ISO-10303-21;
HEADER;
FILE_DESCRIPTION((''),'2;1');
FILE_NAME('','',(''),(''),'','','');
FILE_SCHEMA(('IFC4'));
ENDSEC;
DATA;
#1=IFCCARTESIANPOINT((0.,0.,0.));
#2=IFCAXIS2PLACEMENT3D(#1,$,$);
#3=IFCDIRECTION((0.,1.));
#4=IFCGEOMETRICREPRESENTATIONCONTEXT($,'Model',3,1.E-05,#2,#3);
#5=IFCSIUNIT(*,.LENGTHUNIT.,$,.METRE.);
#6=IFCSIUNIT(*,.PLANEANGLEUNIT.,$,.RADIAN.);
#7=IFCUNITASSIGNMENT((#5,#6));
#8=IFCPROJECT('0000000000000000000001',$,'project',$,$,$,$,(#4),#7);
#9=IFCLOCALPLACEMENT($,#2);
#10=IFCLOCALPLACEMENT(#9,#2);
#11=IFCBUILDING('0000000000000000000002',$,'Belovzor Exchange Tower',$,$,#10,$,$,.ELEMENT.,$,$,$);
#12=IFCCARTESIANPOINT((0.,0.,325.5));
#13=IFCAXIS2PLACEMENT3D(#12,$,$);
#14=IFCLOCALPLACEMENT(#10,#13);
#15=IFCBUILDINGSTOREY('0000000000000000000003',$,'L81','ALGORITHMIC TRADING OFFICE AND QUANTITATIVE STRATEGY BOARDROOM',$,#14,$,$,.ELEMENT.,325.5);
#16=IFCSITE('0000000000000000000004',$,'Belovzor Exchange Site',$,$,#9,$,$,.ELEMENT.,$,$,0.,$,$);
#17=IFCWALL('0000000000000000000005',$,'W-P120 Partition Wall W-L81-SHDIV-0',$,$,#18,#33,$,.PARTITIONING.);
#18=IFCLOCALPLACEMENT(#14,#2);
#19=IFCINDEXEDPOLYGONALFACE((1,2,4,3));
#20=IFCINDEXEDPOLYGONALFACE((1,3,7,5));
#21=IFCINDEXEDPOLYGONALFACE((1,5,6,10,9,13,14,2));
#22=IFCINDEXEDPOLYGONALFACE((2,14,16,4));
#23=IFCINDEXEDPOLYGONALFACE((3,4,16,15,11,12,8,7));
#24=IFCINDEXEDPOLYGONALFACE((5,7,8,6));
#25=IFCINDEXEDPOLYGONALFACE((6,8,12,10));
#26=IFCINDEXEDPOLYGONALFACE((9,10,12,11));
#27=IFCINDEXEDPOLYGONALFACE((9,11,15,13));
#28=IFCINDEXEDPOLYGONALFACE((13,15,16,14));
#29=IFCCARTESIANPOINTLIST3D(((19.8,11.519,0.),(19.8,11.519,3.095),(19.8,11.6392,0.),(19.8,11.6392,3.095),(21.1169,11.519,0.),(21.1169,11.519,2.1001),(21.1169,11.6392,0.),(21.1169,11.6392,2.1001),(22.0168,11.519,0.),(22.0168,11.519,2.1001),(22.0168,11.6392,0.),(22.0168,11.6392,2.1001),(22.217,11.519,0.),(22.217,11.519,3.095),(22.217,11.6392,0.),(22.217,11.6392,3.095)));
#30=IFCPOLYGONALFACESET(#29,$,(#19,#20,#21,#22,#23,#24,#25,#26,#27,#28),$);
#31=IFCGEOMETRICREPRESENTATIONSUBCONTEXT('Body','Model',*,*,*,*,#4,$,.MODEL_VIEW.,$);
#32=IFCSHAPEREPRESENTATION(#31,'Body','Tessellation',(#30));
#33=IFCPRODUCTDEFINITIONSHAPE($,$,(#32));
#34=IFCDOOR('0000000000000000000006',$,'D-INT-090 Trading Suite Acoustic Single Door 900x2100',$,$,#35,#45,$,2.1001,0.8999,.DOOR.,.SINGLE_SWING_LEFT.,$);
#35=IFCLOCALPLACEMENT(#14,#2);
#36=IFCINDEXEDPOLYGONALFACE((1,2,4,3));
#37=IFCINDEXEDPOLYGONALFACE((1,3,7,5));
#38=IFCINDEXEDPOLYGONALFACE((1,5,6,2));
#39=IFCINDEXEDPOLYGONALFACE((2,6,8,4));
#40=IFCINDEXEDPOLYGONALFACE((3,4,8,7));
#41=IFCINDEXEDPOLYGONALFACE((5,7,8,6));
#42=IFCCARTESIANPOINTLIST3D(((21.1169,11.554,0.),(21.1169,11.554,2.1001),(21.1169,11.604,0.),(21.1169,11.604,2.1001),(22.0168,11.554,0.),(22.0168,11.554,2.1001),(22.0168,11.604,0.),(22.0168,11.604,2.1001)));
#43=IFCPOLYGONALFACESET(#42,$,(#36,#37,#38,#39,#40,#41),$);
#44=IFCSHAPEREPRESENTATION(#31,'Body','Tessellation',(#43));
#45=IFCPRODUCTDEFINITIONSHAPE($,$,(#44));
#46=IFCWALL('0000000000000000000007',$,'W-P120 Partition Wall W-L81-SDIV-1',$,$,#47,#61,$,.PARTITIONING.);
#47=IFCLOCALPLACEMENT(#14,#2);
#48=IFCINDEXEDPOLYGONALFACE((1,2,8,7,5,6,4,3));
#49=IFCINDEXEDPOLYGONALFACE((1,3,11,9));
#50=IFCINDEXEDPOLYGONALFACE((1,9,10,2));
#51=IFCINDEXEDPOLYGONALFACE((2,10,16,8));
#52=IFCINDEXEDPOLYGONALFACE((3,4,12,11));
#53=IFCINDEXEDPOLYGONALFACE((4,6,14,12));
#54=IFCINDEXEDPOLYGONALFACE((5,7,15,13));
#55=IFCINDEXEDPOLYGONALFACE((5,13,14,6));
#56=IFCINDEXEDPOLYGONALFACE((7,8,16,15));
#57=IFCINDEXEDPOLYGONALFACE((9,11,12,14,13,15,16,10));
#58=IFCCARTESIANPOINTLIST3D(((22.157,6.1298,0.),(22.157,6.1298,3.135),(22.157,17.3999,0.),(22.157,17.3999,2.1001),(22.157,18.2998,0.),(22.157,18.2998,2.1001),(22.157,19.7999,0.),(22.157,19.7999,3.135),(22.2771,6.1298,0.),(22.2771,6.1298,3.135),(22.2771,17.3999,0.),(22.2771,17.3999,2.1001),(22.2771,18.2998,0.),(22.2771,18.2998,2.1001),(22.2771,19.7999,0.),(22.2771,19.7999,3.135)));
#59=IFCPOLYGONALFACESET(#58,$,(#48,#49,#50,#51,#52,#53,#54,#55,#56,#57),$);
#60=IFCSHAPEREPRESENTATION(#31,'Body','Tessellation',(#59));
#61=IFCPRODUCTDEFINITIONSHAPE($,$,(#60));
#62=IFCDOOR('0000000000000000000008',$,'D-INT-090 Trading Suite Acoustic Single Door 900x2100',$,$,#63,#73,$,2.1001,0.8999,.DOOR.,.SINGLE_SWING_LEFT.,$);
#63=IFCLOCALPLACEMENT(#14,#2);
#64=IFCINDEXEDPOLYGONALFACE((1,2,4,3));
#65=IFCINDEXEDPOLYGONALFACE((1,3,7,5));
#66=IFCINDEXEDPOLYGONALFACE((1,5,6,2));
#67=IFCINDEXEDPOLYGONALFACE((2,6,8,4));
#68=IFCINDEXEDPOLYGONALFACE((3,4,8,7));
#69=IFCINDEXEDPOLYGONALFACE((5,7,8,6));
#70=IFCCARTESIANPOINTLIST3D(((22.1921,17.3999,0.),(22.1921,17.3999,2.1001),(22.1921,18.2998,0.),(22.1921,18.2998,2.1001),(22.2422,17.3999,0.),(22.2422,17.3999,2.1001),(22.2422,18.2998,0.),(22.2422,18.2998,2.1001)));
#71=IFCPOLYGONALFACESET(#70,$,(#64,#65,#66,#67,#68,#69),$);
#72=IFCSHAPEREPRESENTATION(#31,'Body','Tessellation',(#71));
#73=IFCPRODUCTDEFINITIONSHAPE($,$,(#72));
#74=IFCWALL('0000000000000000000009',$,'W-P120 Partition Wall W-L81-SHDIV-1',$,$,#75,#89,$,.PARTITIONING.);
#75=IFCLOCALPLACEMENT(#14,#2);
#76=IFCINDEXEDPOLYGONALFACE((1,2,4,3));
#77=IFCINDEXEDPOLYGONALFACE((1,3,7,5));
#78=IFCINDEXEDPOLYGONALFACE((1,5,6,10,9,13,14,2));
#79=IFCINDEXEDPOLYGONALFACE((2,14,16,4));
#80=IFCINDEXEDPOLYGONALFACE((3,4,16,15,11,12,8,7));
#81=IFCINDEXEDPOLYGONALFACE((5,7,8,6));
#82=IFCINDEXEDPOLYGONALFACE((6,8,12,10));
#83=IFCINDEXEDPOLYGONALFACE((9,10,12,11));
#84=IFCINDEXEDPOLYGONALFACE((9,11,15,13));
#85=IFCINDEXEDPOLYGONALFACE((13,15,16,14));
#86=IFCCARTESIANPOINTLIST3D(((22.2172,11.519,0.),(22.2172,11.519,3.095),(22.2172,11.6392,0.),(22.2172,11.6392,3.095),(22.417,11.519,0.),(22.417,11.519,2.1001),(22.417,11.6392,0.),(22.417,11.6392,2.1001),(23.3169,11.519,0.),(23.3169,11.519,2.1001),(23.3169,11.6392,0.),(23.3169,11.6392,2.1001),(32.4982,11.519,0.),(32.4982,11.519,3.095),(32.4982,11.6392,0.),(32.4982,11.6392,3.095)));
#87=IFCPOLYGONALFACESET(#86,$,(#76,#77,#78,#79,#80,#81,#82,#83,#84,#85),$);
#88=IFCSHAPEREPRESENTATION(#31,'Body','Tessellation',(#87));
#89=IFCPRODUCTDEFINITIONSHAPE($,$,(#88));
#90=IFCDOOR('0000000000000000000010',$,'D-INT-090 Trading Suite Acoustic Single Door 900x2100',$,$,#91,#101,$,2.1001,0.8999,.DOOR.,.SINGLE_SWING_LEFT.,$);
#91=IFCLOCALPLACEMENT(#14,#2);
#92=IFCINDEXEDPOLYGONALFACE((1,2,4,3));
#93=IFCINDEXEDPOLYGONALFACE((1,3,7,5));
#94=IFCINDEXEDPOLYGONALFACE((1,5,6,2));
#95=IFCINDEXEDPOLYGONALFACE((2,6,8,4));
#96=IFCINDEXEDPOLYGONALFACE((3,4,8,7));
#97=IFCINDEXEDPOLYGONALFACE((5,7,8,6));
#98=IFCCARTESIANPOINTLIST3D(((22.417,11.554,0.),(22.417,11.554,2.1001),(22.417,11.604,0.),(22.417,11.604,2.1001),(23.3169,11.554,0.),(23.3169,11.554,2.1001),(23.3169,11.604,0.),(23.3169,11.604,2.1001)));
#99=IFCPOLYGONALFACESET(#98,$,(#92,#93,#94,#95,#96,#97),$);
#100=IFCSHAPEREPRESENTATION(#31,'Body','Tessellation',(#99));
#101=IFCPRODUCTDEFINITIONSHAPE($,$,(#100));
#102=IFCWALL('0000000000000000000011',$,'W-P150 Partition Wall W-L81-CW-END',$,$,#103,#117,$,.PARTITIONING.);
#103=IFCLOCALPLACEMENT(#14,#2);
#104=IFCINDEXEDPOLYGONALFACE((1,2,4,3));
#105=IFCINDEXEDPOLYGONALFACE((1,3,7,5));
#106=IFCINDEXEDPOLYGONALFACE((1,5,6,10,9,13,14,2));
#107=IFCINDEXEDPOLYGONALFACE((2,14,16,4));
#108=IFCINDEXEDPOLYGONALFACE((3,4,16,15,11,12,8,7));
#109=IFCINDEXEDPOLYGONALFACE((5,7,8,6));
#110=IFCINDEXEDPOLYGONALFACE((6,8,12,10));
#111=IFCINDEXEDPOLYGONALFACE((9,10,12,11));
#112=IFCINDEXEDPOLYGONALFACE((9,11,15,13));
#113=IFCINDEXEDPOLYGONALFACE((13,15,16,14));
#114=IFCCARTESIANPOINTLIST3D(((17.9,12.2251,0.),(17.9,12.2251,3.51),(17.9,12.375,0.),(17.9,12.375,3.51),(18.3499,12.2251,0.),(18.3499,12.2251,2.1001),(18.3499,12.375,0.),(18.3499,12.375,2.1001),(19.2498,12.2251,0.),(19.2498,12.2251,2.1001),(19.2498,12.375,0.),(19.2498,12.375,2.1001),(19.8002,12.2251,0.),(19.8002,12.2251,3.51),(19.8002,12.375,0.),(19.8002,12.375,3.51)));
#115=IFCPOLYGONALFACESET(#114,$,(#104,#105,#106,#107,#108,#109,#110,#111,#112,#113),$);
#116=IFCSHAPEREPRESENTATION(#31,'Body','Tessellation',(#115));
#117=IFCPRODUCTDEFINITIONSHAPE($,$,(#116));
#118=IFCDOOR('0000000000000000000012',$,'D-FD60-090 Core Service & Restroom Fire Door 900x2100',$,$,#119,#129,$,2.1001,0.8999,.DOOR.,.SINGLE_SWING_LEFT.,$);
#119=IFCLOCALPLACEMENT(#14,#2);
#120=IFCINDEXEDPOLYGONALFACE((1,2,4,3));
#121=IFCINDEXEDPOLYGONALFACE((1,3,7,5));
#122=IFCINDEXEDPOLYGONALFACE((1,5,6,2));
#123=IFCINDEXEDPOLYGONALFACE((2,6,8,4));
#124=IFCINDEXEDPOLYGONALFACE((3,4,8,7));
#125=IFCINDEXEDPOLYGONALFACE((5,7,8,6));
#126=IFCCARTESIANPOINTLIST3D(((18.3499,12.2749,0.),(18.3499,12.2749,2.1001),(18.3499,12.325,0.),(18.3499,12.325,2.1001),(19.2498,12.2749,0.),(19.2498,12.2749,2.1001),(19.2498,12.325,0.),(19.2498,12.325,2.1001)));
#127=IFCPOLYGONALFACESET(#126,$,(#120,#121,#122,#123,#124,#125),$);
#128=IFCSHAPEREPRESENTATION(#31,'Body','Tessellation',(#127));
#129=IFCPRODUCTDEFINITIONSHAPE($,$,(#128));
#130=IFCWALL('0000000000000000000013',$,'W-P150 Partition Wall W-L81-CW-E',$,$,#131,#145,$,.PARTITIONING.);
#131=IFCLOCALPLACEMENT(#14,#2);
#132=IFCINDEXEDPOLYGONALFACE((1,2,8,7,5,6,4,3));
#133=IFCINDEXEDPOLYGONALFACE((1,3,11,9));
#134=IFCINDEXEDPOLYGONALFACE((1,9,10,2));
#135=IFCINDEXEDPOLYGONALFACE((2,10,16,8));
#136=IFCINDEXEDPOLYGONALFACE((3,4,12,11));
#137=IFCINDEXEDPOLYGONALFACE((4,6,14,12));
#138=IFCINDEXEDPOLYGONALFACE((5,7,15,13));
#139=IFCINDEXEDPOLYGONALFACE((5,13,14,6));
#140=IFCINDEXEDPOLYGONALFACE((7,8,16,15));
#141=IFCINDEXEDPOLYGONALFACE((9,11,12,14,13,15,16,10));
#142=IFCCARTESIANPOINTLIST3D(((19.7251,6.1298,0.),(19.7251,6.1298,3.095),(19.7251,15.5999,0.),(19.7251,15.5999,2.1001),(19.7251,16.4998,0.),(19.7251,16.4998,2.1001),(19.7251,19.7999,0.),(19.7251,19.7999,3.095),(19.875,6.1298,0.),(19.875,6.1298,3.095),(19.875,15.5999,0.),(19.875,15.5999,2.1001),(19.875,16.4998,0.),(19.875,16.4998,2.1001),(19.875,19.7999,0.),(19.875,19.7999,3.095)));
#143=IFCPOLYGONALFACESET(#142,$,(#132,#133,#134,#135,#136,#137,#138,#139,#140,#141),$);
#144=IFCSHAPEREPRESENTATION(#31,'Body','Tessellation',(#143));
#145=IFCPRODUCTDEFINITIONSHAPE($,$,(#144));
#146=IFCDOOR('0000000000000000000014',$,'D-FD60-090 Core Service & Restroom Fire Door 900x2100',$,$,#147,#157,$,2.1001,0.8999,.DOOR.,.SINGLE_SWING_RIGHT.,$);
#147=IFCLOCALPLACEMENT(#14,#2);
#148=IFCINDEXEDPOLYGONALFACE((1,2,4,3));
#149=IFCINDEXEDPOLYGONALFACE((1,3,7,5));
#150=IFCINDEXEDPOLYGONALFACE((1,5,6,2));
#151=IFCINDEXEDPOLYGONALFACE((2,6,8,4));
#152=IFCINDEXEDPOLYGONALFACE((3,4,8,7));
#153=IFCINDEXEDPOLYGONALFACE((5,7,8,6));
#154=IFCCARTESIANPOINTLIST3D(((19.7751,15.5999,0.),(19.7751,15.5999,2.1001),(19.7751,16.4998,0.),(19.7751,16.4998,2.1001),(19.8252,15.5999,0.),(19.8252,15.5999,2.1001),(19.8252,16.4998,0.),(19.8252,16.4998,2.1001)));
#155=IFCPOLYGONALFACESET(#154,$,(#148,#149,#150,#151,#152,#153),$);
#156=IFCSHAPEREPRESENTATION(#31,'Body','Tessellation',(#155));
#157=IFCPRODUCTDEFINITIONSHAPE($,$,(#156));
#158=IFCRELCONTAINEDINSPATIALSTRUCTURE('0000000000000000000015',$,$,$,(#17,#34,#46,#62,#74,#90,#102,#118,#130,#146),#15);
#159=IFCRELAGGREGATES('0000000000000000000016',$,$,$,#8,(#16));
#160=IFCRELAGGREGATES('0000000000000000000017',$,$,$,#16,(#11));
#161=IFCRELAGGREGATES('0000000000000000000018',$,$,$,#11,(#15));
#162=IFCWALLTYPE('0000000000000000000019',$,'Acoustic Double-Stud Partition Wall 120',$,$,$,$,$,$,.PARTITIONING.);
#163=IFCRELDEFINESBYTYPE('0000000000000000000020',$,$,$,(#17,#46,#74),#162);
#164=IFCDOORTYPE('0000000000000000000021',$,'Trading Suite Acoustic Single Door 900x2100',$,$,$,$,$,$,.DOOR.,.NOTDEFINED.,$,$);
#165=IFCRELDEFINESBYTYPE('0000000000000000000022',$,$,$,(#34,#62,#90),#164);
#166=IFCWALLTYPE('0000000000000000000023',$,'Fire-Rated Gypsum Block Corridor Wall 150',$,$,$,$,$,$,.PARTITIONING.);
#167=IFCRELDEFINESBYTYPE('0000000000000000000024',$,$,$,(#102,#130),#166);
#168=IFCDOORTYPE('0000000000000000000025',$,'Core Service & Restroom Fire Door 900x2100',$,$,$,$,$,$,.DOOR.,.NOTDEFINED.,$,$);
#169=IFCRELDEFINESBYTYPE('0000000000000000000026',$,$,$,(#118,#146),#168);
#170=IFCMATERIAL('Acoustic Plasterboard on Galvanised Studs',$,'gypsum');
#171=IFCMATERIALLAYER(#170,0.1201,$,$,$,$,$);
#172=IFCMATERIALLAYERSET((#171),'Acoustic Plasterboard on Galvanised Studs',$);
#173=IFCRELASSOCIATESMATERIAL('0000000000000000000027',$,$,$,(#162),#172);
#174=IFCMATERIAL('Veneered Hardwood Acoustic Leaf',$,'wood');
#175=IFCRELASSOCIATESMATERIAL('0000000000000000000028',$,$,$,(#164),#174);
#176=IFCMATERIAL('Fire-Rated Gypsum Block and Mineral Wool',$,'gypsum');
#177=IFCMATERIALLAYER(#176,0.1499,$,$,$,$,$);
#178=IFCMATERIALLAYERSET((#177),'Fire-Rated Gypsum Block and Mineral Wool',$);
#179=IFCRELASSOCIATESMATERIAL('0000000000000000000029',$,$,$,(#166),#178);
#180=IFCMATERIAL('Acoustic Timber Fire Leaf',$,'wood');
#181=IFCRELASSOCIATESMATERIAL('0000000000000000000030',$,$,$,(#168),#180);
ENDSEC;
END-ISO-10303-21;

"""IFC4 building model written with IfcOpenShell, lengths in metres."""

from ifc_helpers import new_model, si_unit, direction, frame, frame_2d, origin, place, context, subcontext, project, spatial, rectangle, extrude, material, layer, layer_set, type_object, element, fill, save


model = new_model("IFC4")

# Units and contexts
model_context = context("Model", 3, precision=1e-05, world=origin(), true_north=direction((0.0, 1.0)))
body_context = subcontext(model_context, "Body", "Model", "MODEL_VIEW")
ifc_project = project(units=[si_unit("LENGTHUNIT", "METRE"), si_unit("PLANEANGLEUNIT", "RADIAN")], contexts=[model_context])

# Site, building, storey
site_placement = place(None, origin())
site = spatial("IfcSite", under=ifc_project, at=site_placement, Name="Belovzor Exchange Site", CompositionType="ELEMENT", RefElevation=0.0)
building_placement = place(site_placement, origin())
building = spatial("IfcBuilding", under=site, at=building_placement, Name="Belovzor Exchange Tower", CompositionType="ELEMENT")
storey_placement = place(building_placement, frame((0.0, 0.0, 325.5)))
storey = spatial("IfcBuildingStorey", under=building, at=storey_placement, Name="L81", Description="ALGORITHMIC TRADING OFFICE AND QUANTITATIVE STRATEGY BOARDROOM", CompositionType="ELEMENT", Elevation=325.5)

# Walls, openings, doors
ifc_material_1 = material(Name="Acoustic Plasterboard on Galvanised Studs", Category="gypsum")
ifc_layer_1 = layer(ifc_material_1, 0.1201)
ifc_layer_set_1 = layer_set([ifc_layer_1], Name="Acoustic Plasterboard on Galvanised Studs")
wall_type_1 = type_object("IfcWallType", Name="Acoustic Double-Stud Partition Wall 120", PredefinedType="PARTITIONING", material=ifc_layer_set_1)
wall_1_placement = place(storey_placement, frame((19.8, 11.5791, 0.0), z_axis=(0.0, 0.0, 1.0), x_axis=(1.0, 0.0, 0.0)))
wall_1 = element("IfcWall", 1, at=wall_1_placement, inside=storey, type_object=wall_type_1, Name="W-P120 Partition Wall W-L81-SHDIV-0", PredefinedType="PARTITIONING", context=body_context, shape_type="SweptSolid", body=[
    extrude(rectangle(XDim=2.417, YDim=0.1201, at=frame_2d((1.2085, 0.0))), origin(), (0.0, 0.0, 1.0), 3.095),
])
opening_1_placement = place(wall_1_placement, frame((1.3169, 0.0, 0.0)))
opening_1 = element("IfcOpeningElement", 2, at=opening_1_placement, cuts=wall_1, PredefinedType="OPENING", context=body_context, shape_type="SweptSolid", body=[
    extrude(rectangle(XDim=0.8999, YDim=2.1001, at=frame_2d((0.45, 1.05))), frame((0.0, 0.0701, 0.0), z_axis=(0.0, -1.0, 0.0), x_axis=(1.0, 0.0, 0.0)), (0.0, 0.0, 1.0), 0.1401),
])
ifc_material_2 = material(Name="Veneered Hardwood Acoustic Leaf", Category="wood")
door_type_1 = type_object("IfcDoorType", Name="Trading Suite Acoustic Single Door 900x2100", OperationType="NOTDEFINED", PredefinedType="DOOR", material=ifc_material_2)
door_1_placement = place(opening_1_placement, origin())
door_1 = element("IfcDoor", 3, at=door_1_placement, inside=storey, type_object=door_type_1, Name="D-INT-090 Trading Suite Acoustic Single Door 900x2100", OperationType="SINGLE_SWING_LEFT", OverallHeight=2.1001, OverallWidth=0.8999, PredefinedType="DOOR", context=body_context, shape_type="SweptSolid", body=[
    extrude(rectangle(XDim=0.8999, YDim=2.1001, at=frame_2d((0.45, 1.05))), frame((0.0, 0.0249, 0.0), z_axis=(0.0, -1.0, 0.0), x_axis=(1.0, 0.0, 0.0)), (0.0, 0.0, 1.0), 0.05),
])
fill(opening_1, door_1)
wall_2_placement = place(storey_placement, frame((22.217, 6.1299, 0.0), z_axis=(0.0, 0.0, 1.0), x_axis=(0.0, 1.0, 0.0)))
wall_2 = element("IfcWall", 4, at=wall_2_placement, inside=storey, type_object=wall_type_1, Name="W-P120 Partition Wall W-L81-SDIV-1", PredefinedType="PARTITIONING", context=body_context, shape_type="SweptSolid", body=[
    extrude(rectangle(XDim=13.6702, YDim=0.1201, at=frame_2d((6.835, 0.0))), origin(), (0.0, 0.0, 1.0), 3.135),
])
opening_2_placement = place(wall_2_placement, frame((11.27, 0.0, 0.0)))
opening_2 = element("IfcOpeningElement", 5, at=opening_2_placement, cuts=wall_2, PredefinedType="OPENING", context=body_context, shape_type="SweptSolid", body=[
    extrude(rectangle(XDim=0.8999, YDim=2.1001, at=frame_2d((0.45, 1.05))), frame((0.0, 0.0701, 0.0), z_axis=(0.0, -1.0, 0.0), x_axis=(1.0, 0.0, 0.0)), (0.0, 0.0, 1.0), 0.1401),
])
door_2_placement = place(opening_2_placement, origin())
door_2 = element("IfcDoor", 6, at=door_2_placement, inside=storey, type_object=door_type_1, Name="D-INT-090 Trading Suite Acoustic Single Door 900x2100", OperationType="SINGLE_SWING_LEFT", OverallHeight=2.1001, OverallWidth=0.8999, PredefinedType="DOOR", context=body_context, shape_type="SweptSolid", body=[
    extrude(rectangle(XDim=0.8999, YDim=2.1001, at=frame_2d((0.45, 1.05))), frame((0.0, 0.0249, 0.0), z_axis=(0.0, -1.0, 0.0), x_axis=(1.0, 0.0, 0.0)), (0.0, 0.0, 1.0), 0.05),
])
fill(opening_2, door_2)
wall_3_placement = place(storey_placement, frame((22.217, 11.5791, 0.0), z_axis=(0.0, 0.0, 1.0), x_axis=(1.0, 0.0, 0.0)))
wall_3 = element("IfcWall", 7, at=wall_3_placement, inside=storey, type_object=wall_type_1, Name="W-P120 Partition Wall W-L81-SHDIV-1", PredefinedType="PARTITIONING", context=body_context, shape_type="SweptSolid", body=[
    extrude(rectangle(XDim=10.281, YDim=0.1201, at=frame_2d((5.1406, 0.0))), origin(), (0.0, 0.0, 1.0), 3.095),
])
opening_3_placement = place(wall_3_placement, frame((0.2, 0.0, 0.0)))
opening_3 = element("IfcOpeningElement", 8, at=opening_3_placement, cuts=wall_3, PredefinedType="OPENING", context=body_context, shape_type="SweptSolid", body=[
    extrude(rectangle(XDim=0.8999, YDim=2.1001, at=frame_2d((0.45, 1.05))), frame((0.0, 0.0701, 0.0), z_axis=(0.0, -1.0, 0.0), x_axis=(1.0, 0.0, 0.0)), (0.0, 0.0, 1.0), 0.1401),
])
door_3_placement = place(opening_3_placement, origin())
door_3 = element("IfcDoor", 9, at=door_3_placement, inside=storey, type_object=door_type_1, Name="D-INT-090 Trading Suite Acoustic Single Door 900x2100", OperationType="SINGLE_SWING_LEFT", OverallHeight=2.1001, OverallWidth=0.8999, PredefinedType="DOOR", context=body_context, shape_type="SweptSolid", body=[
    extrude(rectangle(XDim=0.8999, YDim=2.1001, at=frame_2d((0.45, 1.05))), frame((0.0, 0.0249, 0.0), z_axis=(0.0, -1.0, 0.0), x_axis=(1.0, 0.0, 0.0)), (0.0, 0.0, 1.0), 0.05),
])
fill(opening_3, door_3)
ifc_material_3 = material(Name="Fire-Rated Gypsum Block and Mineral Wool", Category="gypsum")
ifc_layer_2 = layer(ifc_material_3, 0.1499)
ifc_layer_set_2 = layer_set([ifc_layer_2], Name="Fire-Rated Gypsum Block and Mineral Wool")
wall_type_2 = type_object("IfcWallType", Name="Fire-Rated Gypsum Block Corridor Wall 150", PredefinedType="PARTITIONING", material=ifc_layer_set_2)
wall_4_placement = place(storey_placement, frame((17.8999, 12.3, 0.0), z_axis=(0.0, 0.0, 1.0), x_axis=(1.0, 0.0, 0.0)))
wall_4 = element("IfcWall", 10, at=wall_4_placement, inside=storey, type_object=wall_type_2, Name="W-P150 Partition Wall W-L81-CW-END", PredefinedType="PARTITIONING", context=body_context, shape_type="SweptSolid", body=[
    extrude(rectangle(XDim=1.9001, YDim=0.1499, at=frame_2d((0.9502, 0.0))), origin(), (0.0, 0.0, 1.0), 3.51),
])
opening_4_placement = place(wall_4_placement, frame((0.45, 0.0, 0.0)))
opening_4 = element("IfcOpeningElement", 11, at=opening_4_placement, cuts=wall_4, PredefinedType="OPENING", context=body_context, shape_type="SweptSolid", body=[
    extrude(rectangle(XDim=0.8999, YDim=2.1001, at=frame_2d((0.45, 1.05))), frame((0.0, 0.085, 0.0), z_axis=(0.0, -1.0, 0.0), x_axis=(1.0, 0.0, 0.0)), (0.0, 0.0, 1.0), 0.1699),
])
ifc_material_4 = material(Name="Acoustic Timber Fire Leaf", Category="wood")
door_type_2 = type_object("IfcDoorType", Name="Core Service & Restroom Fire Door 900x2100", OperationType="NOTDEFINED", PredefinedType="DOOR", material=ifc_material_4)
door_4_placement = place(opening_4_placement, origin())
door_4 = element("IfcDoor", 12, at=door_4_placement, inside=storey, type_object=door_type_2, Name="D-FD60-090 Core Service & Restroom Fire Door 900x2100", OperationType="SINGLE_SWING_LEFT", OverallHeight=2.1001, OverallWidth=0.8999, PredefinedType="DOOR", context=body_context, shape_type="SweptSolid", body=[
    extrude(rectangle(XDim=0.8999, YDim=2.1001, at=frame_2d((0.45, 1.05))), frame((0.0, 0.0249, 0.0), z_axis=(0.0, -1.0, 0.0), x_axis=(1.0, 0.0, 0.0)), (0.0, 0.0, 1.0), 0.05),
])
fill(opening_4, door_4)
wall_5_placement = place(storey_placement, frame((19.8, 6.1299, 0.0), z_axis=(0.0, 0.0, 1.0), x_axis=(0.0, 1.0, 0.0)))
wall_5 = element("IfcWall", 13, at=wall_5_placement, inside=storey, type_object=wall_type_2, Name="W-P150 Partition Wall W-L81-CW-E", PredefinedType="PARTITIONING", context=body_context, shape_type="SweptSolid", body=[
    extrude(rectangle(XDim=13.6702, YDim=0.1499, at=frame_2d((6.835, 0.0))), origin(), (0.0, 0.0, 1.0), 3.095),
])
opening_5_placement = place(wall_5_placement, frame((9.47, 0.0, 0.0)))
opening_5 = element("IfcOpeningElement", 14, at=opening_5_placement, cuts=wall_5, PredefinedType="OPENING", context=body_context, shape_type="SweptSolid", body=[
    extrude(rectangle(XDim=0.8999, YDim=2.1001, at=frame_2d((0.45, 1.05))), frame((0.0, 0.085, 0.0), z_axis=(0.0, -1.0, 0.0), x_axis=(1.0, 0.0, 0.0)), (0.0, 0.0, 1.0), 0.1699),
])
door_5_placement = place(opening_5_placement, origin())
door_5 = element("IfcDoor", 15, at=door_5_placement, inside=storey, type_object=door_type_2, Name="D-FD60-090 Core Service & Restroom Fire Door 900x2100", OperationType="SINGLE_SWING_RIGHT", OverallHeight=2.1001, OverallWidth=0.8999, PredefinedType="DOOR", context=body_context, shape_type="SweptSolid", body=[
    extrude(rectangle(XDim=0.8999, YDim=2.1001, at=frame_2d((0.45, 1.05))), frame((0.0, 0.0249, 0.0), z_axis=(0.0, -1.0, 0.0), x_axis=(1.0, 0.0, 0.0)), (0.0, 0.0, 1.0), 0.05),
])
fill(opening_5, door_5)

save(model, "model.ifc")
